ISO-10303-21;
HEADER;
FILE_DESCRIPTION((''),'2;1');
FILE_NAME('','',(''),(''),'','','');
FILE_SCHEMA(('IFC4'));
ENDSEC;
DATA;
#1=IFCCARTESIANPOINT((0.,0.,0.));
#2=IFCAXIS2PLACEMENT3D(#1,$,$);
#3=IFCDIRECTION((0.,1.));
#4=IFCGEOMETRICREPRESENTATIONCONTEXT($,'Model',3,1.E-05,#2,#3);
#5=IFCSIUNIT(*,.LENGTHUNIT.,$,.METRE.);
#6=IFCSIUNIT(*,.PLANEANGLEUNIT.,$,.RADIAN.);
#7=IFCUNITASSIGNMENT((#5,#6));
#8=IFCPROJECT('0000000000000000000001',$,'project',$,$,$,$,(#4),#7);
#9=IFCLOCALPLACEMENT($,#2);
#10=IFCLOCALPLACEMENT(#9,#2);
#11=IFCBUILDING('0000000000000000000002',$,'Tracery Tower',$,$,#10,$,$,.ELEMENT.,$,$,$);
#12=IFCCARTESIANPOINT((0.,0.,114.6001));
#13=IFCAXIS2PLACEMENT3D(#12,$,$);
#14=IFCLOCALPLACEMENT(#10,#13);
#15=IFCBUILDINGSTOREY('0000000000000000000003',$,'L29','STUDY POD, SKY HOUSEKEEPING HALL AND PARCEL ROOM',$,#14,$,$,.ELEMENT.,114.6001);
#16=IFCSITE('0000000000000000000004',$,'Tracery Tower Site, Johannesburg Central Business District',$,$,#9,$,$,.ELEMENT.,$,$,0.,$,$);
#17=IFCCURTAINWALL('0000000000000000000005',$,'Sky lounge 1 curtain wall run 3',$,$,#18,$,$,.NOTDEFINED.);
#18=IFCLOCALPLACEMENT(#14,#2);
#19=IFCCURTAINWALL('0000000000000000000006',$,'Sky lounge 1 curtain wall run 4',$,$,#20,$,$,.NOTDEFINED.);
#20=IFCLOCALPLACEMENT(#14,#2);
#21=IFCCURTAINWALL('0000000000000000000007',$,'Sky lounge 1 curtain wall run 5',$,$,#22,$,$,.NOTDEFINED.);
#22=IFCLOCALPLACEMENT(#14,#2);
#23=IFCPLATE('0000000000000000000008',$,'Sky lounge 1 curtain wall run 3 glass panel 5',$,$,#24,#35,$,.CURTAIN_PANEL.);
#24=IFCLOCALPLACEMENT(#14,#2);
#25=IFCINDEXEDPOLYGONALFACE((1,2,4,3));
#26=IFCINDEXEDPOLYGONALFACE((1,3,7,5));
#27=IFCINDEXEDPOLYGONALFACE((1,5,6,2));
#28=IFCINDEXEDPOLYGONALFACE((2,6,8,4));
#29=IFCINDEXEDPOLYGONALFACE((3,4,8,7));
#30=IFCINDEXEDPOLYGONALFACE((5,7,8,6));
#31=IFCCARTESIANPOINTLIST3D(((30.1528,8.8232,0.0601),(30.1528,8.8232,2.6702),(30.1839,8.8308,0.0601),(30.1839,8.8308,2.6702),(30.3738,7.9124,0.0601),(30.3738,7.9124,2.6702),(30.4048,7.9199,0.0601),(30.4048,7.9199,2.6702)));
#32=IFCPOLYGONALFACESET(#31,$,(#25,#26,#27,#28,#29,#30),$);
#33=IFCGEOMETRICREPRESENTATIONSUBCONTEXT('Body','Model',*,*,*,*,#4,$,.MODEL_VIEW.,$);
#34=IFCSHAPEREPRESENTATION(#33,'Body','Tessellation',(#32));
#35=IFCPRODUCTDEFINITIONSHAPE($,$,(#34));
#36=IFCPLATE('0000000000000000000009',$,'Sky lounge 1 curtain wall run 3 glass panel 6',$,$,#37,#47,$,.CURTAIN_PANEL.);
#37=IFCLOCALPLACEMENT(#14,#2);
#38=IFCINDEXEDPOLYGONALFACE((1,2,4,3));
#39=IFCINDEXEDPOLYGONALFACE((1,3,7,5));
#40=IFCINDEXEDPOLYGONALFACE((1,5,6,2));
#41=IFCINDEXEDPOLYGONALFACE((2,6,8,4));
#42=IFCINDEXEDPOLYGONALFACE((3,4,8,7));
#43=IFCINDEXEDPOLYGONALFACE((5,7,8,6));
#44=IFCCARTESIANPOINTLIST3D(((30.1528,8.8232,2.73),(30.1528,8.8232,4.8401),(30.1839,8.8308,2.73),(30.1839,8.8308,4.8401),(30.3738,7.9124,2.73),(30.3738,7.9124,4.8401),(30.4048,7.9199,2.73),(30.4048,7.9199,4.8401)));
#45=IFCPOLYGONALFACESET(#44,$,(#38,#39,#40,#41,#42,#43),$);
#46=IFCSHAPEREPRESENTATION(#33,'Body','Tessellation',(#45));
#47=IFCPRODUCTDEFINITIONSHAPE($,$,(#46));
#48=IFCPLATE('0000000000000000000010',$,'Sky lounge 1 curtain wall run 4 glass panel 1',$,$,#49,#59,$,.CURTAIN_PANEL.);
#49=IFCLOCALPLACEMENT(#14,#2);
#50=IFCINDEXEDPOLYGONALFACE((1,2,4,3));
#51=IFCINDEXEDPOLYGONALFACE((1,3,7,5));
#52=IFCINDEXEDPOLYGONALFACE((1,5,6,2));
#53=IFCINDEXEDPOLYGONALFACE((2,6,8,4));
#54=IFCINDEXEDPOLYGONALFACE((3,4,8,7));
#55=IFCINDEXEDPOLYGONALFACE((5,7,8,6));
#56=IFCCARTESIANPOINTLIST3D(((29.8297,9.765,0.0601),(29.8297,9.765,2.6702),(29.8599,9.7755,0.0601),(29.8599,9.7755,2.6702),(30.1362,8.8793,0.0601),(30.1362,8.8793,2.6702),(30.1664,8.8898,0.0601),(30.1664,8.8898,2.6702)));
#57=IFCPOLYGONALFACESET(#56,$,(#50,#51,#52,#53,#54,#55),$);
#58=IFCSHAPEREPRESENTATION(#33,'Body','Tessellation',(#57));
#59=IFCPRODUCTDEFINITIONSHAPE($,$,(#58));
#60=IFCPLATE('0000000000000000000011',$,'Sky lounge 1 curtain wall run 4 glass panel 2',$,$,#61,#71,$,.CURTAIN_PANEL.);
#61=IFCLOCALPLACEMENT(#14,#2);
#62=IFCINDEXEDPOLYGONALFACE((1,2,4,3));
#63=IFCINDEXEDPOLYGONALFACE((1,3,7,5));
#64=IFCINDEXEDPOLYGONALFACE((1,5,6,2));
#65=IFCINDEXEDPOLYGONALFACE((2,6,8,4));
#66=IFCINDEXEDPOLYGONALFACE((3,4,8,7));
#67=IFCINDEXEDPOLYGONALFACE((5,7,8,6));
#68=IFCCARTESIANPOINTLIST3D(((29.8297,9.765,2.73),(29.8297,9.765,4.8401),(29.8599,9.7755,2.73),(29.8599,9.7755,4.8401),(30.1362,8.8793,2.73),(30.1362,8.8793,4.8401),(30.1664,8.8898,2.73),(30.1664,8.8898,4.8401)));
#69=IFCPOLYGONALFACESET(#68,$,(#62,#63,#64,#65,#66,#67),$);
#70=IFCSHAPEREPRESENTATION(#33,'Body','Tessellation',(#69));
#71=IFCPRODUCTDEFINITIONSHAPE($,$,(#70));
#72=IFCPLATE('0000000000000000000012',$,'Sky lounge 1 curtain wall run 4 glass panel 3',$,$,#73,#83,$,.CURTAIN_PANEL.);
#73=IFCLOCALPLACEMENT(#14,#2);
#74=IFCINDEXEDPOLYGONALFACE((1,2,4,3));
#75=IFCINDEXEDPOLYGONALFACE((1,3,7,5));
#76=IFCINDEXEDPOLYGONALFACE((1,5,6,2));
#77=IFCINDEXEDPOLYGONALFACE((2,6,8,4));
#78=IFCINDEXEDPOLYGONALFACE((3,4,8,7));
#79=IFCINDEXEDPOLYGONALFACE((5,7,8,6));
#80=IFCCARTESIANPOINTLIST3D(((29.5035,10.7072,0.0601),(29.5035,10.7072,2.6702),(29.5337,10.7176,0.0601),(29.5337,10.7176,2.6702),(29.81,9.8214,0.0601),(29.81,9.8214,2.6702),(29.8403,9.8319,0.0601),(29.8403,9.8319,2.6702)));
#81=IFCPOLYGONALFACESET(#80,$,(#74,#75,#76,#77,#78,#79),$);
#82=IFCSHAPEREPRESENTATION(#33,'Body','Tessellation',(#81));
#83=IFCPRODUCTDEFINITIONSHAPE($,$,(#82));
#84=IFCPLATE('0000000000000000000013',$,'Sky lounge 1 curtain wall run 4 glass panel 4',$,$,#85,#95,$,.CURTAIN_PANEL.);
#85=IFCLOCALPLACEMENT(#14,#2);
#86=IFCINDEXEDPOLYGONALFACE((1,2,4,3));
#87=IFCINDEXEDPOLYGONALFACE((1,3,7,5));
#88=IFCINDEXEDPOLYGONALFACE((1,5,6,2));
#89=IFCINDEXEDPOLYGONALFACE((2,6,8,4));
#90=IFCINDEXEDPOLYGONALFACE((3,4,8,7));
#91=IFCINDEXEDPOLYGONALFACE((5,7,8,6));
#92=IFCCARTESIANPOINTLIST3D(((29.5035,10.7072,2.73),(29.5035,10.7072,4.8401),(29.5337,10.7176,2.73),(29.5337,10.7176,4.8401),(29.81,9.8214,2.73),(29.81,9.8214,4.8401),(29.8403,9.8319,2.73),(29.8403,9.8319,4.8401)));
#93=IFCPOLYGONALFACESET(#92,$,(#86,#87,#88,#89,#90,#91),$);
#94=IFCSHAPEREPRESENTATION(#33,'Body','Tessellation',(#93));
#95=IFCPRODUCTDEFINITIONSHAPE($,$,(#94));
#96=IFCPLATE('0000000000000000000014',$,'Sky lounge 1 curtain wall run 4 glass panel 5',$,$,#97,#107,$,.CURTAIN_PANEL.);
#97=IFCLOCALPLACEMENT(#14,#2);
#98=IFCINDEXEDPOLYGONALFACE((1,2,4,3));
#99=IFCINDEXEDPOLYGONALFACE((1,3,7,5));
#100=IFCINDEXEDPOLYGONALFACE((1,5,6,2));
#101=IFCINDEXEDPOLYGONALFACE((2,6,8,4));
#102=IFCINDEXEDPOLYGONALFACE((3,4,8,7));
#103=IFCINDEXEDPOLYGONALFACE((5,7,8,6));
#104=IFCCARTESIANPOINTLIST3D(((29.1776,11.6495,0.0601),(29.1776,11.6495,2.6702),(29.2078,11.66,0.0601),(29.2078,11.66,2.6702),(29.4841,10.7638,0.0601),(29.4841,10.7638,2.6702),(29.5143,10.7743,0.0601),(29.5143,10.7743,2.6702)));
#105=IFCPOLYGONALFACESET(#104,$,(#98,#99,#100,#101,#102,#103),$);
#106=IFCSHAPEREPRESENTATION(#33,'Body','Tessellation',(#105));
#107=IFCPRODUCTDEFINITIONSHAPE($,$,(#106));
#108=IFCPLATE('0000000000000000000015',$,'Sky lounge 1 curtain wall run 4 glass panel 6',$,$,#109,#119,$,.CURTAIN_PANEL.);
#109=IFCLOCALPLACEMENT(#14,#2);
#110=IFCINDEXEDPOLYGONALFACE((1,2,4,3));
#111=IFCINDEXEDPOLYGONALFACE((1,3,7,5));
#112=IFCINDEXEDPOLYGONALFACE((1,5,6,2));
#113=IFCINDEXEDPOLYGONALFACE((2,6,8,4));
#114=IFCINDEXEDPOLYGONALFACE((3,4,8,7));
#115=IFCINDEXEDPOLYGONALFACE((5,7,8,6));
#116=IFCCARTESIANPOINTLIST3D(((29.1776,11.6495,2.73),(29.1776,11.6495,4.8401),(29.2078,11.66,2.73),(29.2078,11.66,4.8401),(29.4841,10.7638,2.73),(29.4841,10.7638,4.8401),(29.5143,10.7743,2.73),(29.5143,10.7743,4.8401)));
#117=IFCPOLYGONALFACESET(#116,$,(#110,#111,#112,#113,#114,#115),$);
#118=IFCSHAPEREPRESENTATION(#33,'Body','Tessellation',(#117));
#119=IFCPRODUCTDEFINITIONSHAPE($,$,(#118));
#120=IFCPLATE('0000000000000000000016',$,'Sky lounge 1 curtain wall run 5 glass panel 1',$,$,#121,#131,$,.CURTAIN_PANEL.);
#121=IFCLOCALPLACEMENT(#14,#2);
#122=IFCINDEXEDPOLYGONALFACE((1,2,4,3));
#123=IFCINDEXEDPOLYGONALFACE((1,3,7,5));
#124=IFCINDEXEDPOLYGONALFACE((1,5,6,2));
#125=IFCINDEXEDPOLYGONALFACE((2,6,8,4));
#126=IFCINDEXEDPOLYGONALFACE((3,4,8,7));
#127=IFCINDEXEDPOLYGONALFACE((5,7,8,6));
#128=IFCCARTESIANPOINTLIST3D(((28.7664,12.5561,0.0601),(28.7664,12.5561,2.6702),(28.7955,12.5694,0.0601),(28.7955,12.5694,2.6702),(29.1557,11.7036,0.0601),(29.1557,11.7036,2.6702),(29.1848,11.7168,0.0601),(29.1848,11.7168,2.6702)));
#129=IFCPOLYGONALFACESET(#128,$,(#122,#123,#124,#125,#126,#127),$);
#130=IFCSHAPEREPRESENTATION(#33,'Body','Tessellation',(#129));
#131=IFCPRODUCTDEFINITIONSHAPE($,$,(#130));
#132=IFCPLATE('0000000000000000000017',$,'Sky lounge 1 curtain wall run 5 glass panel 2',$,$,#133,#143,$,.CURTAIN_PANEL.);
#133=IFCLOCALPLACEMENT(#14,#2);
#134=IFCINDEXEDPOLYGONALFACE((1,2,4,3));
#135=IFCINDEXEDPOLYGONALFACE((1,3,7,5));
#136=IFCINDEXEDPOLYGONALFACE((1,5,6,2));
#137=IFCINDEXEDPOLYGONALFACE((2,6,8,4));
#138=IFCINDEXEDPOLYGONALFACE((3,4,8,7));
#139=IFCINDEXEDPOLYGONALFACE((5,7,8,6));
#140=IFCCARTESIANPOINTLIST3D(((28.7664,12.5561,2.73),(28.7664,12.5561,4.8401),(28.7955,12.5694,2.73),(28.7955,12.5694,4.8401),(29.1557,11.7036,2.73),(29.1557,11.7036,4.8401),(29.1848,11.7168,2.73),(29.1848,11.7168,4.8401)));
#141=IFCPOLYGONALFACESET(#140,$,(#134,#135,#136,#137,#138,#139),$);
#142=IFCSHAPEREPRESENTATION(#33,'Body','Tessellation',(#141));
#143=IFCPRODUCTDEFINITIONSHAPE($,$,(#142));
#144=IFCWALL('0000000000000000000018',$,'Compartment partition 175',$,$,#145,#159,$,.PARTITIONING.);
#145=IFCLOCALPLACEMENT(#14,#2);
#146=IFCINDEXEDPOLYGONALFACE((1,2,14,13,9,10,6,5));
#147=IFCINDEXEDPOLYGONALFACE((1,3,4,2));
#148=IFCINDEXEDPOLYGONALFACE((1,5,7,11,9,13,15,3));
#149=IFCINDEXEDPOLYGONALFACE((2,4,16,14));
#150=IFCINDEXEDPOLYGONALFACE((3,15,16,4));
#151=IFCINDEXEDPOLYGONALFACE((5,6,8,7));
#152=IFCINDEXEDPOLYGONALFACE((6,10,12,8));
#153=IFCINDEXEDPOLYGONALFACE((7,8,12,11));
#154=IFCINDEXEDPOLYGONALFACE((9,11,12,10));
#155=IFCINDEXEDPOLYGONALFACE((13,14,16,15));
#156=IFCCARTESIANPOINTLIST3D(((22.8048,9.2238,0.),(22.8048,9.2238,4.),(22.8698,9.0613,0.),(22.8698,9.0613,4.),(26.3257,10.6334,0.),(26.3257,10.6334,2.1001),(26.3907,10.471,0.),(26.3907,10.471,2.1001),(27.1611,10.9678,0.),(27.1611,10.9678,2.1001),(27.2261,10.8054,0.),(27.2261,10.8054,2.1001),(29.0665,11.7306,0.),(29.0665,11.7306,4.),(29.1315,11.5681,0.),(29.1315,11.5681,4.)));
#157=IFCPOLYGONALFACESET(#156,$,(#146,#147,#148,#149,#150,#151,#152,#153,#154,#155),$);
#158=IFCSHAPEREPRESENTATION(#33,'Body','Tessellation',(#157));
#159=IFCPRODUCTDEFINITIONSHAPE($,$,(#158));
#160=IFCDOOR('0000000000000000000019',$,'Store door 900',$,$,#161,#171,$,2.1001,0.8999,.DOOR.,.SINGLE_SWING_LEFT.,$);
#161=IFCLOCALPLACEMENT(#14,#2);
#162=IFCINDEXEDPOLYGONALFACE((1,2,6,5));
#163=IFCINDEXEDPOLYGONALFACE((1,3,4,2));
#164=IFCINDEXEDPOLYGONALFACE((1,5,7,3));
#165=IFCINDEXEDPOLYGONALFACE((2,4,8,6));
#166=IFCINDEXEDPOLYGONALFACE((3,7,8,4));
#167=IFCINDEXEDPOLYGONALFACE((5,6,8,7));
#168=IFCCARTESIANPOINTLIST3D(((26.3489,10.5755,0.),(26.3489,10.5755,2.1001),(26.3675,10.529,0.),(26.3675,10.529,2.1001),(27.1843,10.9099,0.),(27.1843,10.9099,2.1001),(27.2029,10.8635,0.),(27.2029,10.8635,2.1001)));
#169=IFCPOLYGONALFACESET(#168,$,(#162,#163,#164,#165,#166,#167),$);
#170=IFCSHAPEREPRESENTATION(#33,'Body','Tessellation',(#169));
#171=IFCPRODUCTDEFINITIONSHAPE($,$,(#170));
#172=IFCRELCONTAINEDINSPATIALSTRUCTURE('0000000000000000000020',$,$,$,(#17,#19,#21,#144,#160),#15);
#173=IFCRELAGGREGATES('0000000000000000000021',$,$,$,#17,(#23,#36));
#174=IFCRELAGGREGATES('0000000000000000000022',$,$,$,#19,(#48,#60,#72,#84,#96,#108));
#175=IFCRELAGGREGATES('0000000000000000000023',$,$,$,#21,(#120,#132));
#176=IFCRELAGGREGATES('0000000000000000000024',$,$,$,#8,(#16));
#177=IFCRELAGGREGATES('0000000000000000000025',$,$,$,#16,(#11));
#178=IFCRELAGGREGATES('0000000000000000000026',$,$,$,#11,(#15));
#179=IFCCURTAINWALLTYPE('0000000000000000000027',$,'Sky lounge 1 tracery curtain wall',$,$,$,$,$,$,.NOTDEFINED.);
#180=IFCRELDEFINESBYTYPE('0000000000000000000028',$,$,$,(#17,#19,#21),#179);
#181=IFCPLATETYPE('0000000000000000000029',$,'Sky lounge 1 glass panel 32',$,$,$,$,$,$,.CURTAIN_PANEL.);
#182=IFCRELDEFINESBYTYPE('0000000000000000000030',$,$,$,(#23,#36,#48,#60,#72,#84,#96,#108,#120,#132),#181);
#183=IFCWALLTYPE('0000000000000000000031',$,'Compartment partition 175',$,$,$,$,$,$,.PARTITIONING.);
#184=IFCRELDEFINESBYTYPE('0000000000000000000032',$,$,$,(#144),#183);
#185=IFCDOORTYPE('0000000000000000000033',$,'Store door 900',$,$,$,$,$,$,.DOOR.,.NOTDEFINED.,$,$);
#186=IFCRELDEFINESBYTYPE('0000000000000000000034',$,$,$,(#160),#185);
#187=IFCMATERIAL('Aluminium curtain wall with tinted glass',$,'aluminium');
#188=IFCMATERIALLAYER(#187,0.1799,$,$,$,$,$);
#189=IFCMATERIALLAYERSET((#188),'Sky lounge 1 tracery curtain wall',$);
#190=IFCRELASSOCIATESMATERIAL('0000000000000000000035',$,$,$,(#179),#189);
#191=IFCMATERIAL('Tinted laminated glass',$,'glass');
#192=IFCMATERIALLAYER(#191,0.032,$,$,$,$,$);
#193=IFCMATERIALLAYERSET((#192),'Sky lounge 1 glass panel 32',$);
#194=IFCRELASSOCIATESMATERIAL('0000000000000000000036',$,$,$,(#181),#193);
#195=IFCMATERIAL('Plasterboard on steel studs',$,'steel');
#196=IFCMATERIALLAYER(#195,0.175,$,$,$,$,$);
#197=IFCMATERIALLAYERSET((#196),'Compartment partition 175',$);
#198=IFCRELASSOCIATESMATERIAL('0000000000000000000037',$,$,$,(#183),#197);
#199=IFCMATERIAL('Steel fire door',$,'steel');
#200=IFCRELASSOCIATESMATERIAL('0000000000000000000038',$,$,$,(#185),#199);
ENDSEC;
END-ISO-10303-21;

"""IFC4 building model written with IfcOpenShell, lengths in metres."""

from ifc_helpers import new_model, si_unit, direction, frame, frame_2d, origin, origin_2d, place, context, subcontext, project, spatial, rectangle, extrude, material, layer, layer_set, type_object, element, fill, aggregate, save


model = new_model("IFC4")

# Units and contexts
model_context = context("Model", 3, precision=1e-05, world=origin(), true_north=direction((0.0, 1.0)))
body_context = subcontext(model_context, "Body", "Model", "MODEL_VIEW")
ifc_project = project(units=[si_unit("LENGTHUNIT", "METRE"), si_unit("PLANEANGLEUNIT", "RADIAN")], contexts=[model_context])

# Site, building, storey
site_placement = place(None, origin())
site = spatial("IfcSite", under=ifc_project, at=site_placement, Name="Tracery Tower Site, Johannesburg Central Business District", CompositionType="ELEMENT", RefElevation=0.0)
building_placement = place(site_placement, origin())
building = spatial("IfcBuilding", under=site, at=building_placement, Name="Tracery Tower", CompositionType="ELEMENT")
storey_placement = place(building_placement, frame((0.0, 0.0, 114.6001)))
storey = spatial("IfcBuildingStorey", under=building, at=storey_placement, Name="L29", Description="STUDY POD, SKY HOUSEKEEPING HALL AND PARCEL ROOM", CompositionType="ELEMENT", Elevation=114.6001)

# Curtain walls
ifc_material_1 = material(Name="Aluminium curtain wall with tinted glass", Category="aluminium")
ifc_layer_1 = layer(ifc_material_1, 0.1799)
ifc_layer_set_1 = layer_set([ifc_layer_1], Name="Sky lounge 1 tracery curtain wall")
curtain_wall_type = type_object("IfcCurtainWallType", Name="Sky lounge 1 tracery curtain wall", PredefinedType="NOTDEFINED", material=ifc_layer_set_1)
curtain_wall_1_placement = place(storey_placement, origin())
curtain_wall_1 = element("IfcCurtainWall", 1, at=curtain_wall_1_placement, inside=storey, type_object=curtain_wall_type, Name="Sky lounge 1 curtain wall run 3", PredefinedType="NOTDEFINED")
curtain_wall_2_placement = place(storey_placement, origin())
curtain_wall_2 = element("IfcCurtainWall", 2, at=curtain_wall_2_placement, inside=storey, type_object=curtain_wall_type, Name="Sky lounge 1 curtain wall run 4", PredefinedType="NOTDEFINED")

# Curtain wall
curtain_wall_3_placement = place(storey_placement, origin())
curtain_wall_3 = element("IfcCurtainWall", 3, at=curtain_wall_3_placement, inside=storey, type_object=curtain_wall_type, Name="Sky lounge 1 curtain wall run 5", PredefinedType="NOTDEFINED")

# Plates
ifc_material_2 = material(Name="Tinted laminated glass", Category="glass")
ifc_layer_2 = layer(ifc_material_2, 0.032)
ifc_layer_set_2 = layer_set([ifc_layer_2], Name="Sky lounge 1 glass panel 32")
plate_type = type_object("IfcPlateType", Name="Sky lounge 1 glass panel 32", PredefinedType="CURTAIN_PANEL", material=ifc_layer_set_2)
plate_1_placement = place(storey_placement, frame((30.2788, 8.3716, 0.0601), z_axis=(0.0, 0.0, 1.0), x_axis=(-0.235759, 0.971812, 0.0)))
plate_1 = element("IfcPlate", 4, at=plate_1_placement, type_object=plate_type, Name="Sky lounge 1 curtain wall run 3 glass panel 5", PredefinedType="CURTAIN_PANEL", context=body_context, shape_type="SweptSolid", body=[
    extrude(rectangle(XDim=0.9373, YDim=0.032, at=origin_2d()), origin(), (0.0, 0.0, 1.0), 2.6101),
])
plate_2_placement = place(storey_placement, frame((30.2788, 8.3716, 2.73), z_axis=(0.0, 0.0, 1.0), x_axis=(-0.235759, 0.971812, 0.0)))
plate_2 = element("IfcPlate", 5, at=plate_2_placement, type_object=plate_type, Name="Sky lounge 1 curtain wall run 3 glass panel 6", PredefinedType="CURTAIN_PANEL", context=body_context, shape_type="SweptSolid", body=[
    extrude(rectangle(XDim=0.9373, YDim=0.032, at=origin_2d()), origin(), (0.0, 0.0, 1.0), 2.1101),
])
aggregate(curtain_wall_1, [plate_1, plate_2])
plate_3_placement = place(storey_placement, frame((29.998, 9.3274, 0.0601), z_axis=(0.0, 0.0, 1.0), x_axis=(-0.327068, 0.945001, 0.0)))
plate_3 = element("IfcPlate", 6, at=plate_3_placement, type_object=plate_type, Name="Sky lounge 1 curtain wall run 4 glass panel 1", PredefinedType="CURTAIN_PANEL", context=body_context, shape_type="SweptSolid", body=[
    extrude(rectangle(XDim=0.9373, YDim=0.032, at=origin_2d()), origin(), (0.0, 0.0, 1.0), 2.6101),
])
plate_4_placement = place(storey_placement, frame((29.998, 9.3274, 2.73), z_axis=(0.0, 0.0, 1.0), x_axis=(-0.327068, 0.945001, 0.0)))
plate_4 = element("IfcPlate", 7, at=plate_4_placement, type_object=plate_type, Name="Sky lounge 1 curtain wall run 4 glass panel 2", PredefinedType="CURTAIN_PANEL", context=body_context, shape_type="SweptSolid", body=[
    extrude(rectangle(XDim=0.9373, YDim=0.032, at=origin_2d()), origin(), (0.0, 0.0, 1.0), 2.1101),
])
plate_5_placement = place(storey_placement, frame((29.6719, 10.2695, 0.0601), z_axis=(0.0, 0.0, 1.0), x_axis=(-0.327068, 0.945001, 0.0)))
plate_5 = element("IfcPlate", 8, at=plate_5_placement, type_object=plate_type, Name="Sky lounge 1 curtain wall run 4 glass panel 3", PredefinedType="CURTAIN_PANEL", context=body_context, shape_type="SweptSolid", body=[
    extrude(rectangle(XDim=0.9373, YDim=0.032, at=origin_2d()), origin(), (0.0, 0.0, 1.0), 2.6101),
])
plate_6_placement = place(storey_placement, frame((29.6719, 10.2695, 2.73), z_axis=(0.0, 0.0, 1.0), x_axis=(-0.327068, 0.945001, 0.0)))
plate_6 = element("IfcPlate", 9, at=plate_6_placement, type_object=plate_type, Name="Sky lounge 1 curtain wall run 4 glass panel 4", PredefinedType="CURTAIN_PANEL", context=body_context, shape_type="SweptSolid", body=[
    extrude(rectangle(XDim=0.9373, YDim=0.032, at=origin_2d()), origin(), (0.0, 0.0, 1.0), 2.1101),
])
plate_7_placement = place(storey_placement, frame((29.3459, 11.2119, 0.0601), z_axis=(0.0, 0.0, 1.0), x_axis=(-0.327068, 0.945001, 0.0)))
plate_7 = element("IfcPlate", 10, at=plate_7_placement, type_object=plate_type, Name="Sky lounge 1 curtain wall run 4 glass panel 5", PredefinedType="CURTAIN_PANEL", context=body_context, shape_type="SweptSolid", body=[
    extrude(rectangle(XDim=0.9373, YDim=0.032, at=origin_2d()), origin(), (0.0, 0.0, 1.0), 2.6101),
])
plate_8_placement = place(storey_placement, frame((29.3459, 11.2119, 2.73), z_axis=(0.0, 0.0, 1.0), x_axis=(-0.327068, 0.945001, 0.0)))
plate_8 = element("IfcPlate", 11, at=plate_8_placement, type_object=plate_type, Name="Sky lounge 1 curtain wall run 4 glass panel 6", PredefinedType="CURTAIN_PANEL", context=body_context, shape_type="SweptSolid", body=[
    extrude(rectangle(XDim=0.9373, YDim=0.032, at=origin_2d()), origin(), (0.0, 0.0, 1.0), 2.1101),
])
aggregate(curtain_wall_2, [plate_3, plate_4, plate_5, plate_6, plate_7, plate_8])
plate_9_placement = place(storey_placement, frame((28.9756, 12.1365, 0.0601), z_axis=(0.0, 0.0, 1.0), x_axis=(-0.415415, 0.909632, 0.0)))
plate_9 = element("IfcPlate", 12, at=plate_9_placement, type_object=plate_type, Name="Sky lounge 1 curtain wall run 5 glass panel 1", PredefinedType="CURTAIN_PANEL", context=body_context, shape_type="SweptSolid", body=[
    extrude(rectangle(XDim=0.9373, YDim=0.032, at=origin_2d()), origin(), (0.0, 0.0, 1.0), 2.6101),
])
plate_10_placement = place(storey_placement, frame((28.9756, 12.1365, 2.73), z_axis=(0.0, 0.0, 1.0), x_axis=(-0.415415, 0.909632, 0.0)))
plate_10 = element("IfcPlate", 13, at=plate_10_placement, type_object=plate_type, Name="Sky lounge 1 curtain wall run 5 glass panel 2", PredefinedType="CURTAIN_PANEL", context=body_context, shape_type="SweptSolid", body=[
    extrude(rectangle(XDim=0.9373, YDim=0.032, at=origin_2d()), origin(), (0.0, 0.0, 1.0), 2.1101),
])
aggregate(curtain_wall_3, [plate_9, plate_10])

# Wall, opening, door
ifc_material_3 = material(Name="Plasterboard on steel studs", Category="steel")
ifc_layer_3 = layer(ifc_material_3, 0.175)
ifc_layer_set_3 = layer_set([ifc_layer_3], Name="Compartment partition 175")
wall_type = type_object("IfcWallType", Name="Compartment partition 175", PredefinedType="PARTITIONING", material=ifc_layer_set_3)
wall_1_placement = place(storey_placement, frame((29.0991, 11.6494, 0.0), z_axis=(0.0, 0.0, 1.0), x_axis=(-0.928367, -0.371665, 0.0)))
wall_1 = element("IfcWall", 14, at=wall_1_placement, inside=storey, type_object=wall_type, Name="Compartment partition 175", PredefinedType="PARTITIONING", context=body_context, shape_type="SweptSolid", body=[
    extrude(rectangle(XDim=6.7449, YDim=0.175, at=frame_2d((3.3726, 0.0))), origin(), (0.0, 0.0, 1.0), 4.0),
])
opening_1_placement = place(wall_1_placement, frame((2.0525, 0.0, 0.0)))
opening_1 = element("IfcOpeningElement", 15, at=opening_1_placement, cuts=wall_1, PredefinedType="OPENING", context=body_context, shape_type="SweptSolid", body=[
    extrude(rectangle(XDim=0.8999, YDim=2.1001, at=frame_2d((0.45, 1.05))), frame((0.0, 0.0874, 0.0), z_axis=(0.0, -1.0, 0.0), x_axis=(1.0, 0.0, 0.0)), (0.0, 0.0, 1.0), 0.175),
])
ifc_material_4 = material(Name="Steel fire door", Category="steel")
door_type_1 = type_object("IfcDoorType", Name="Store door 900", OperationType="NOTDEFINED", PredefinedType="DOOR", material=ifc_material_4)
door_1_placement = place(opening_1_placement, origin())
door_1 = element("IfcDoor", 16, at=door_1_placement, inside=storey, type_object=door_type_1, Name="Store door 900", OperationType="SINGLE_SWING_LEFT", OverallHeight=2.1001, OverallWidth=0.8999, PredefinedType="DOOR", context=body_context, shape_type="SweptSolid", body=[
    extrude(rectangle(XDim=0.8999, YDim=2.1001, at=frame_2d((0.45, 1.05))), frame((0.0, 0.0249, 0.0), z_axis=(0.0, -1.0, 0.0), x_axis=(1.0, 0.0, 0.0)), (0.0, 0.0, 1.0), 0.05),
])
fill(opening_1, door_1)

save(model, "model.ifc")
